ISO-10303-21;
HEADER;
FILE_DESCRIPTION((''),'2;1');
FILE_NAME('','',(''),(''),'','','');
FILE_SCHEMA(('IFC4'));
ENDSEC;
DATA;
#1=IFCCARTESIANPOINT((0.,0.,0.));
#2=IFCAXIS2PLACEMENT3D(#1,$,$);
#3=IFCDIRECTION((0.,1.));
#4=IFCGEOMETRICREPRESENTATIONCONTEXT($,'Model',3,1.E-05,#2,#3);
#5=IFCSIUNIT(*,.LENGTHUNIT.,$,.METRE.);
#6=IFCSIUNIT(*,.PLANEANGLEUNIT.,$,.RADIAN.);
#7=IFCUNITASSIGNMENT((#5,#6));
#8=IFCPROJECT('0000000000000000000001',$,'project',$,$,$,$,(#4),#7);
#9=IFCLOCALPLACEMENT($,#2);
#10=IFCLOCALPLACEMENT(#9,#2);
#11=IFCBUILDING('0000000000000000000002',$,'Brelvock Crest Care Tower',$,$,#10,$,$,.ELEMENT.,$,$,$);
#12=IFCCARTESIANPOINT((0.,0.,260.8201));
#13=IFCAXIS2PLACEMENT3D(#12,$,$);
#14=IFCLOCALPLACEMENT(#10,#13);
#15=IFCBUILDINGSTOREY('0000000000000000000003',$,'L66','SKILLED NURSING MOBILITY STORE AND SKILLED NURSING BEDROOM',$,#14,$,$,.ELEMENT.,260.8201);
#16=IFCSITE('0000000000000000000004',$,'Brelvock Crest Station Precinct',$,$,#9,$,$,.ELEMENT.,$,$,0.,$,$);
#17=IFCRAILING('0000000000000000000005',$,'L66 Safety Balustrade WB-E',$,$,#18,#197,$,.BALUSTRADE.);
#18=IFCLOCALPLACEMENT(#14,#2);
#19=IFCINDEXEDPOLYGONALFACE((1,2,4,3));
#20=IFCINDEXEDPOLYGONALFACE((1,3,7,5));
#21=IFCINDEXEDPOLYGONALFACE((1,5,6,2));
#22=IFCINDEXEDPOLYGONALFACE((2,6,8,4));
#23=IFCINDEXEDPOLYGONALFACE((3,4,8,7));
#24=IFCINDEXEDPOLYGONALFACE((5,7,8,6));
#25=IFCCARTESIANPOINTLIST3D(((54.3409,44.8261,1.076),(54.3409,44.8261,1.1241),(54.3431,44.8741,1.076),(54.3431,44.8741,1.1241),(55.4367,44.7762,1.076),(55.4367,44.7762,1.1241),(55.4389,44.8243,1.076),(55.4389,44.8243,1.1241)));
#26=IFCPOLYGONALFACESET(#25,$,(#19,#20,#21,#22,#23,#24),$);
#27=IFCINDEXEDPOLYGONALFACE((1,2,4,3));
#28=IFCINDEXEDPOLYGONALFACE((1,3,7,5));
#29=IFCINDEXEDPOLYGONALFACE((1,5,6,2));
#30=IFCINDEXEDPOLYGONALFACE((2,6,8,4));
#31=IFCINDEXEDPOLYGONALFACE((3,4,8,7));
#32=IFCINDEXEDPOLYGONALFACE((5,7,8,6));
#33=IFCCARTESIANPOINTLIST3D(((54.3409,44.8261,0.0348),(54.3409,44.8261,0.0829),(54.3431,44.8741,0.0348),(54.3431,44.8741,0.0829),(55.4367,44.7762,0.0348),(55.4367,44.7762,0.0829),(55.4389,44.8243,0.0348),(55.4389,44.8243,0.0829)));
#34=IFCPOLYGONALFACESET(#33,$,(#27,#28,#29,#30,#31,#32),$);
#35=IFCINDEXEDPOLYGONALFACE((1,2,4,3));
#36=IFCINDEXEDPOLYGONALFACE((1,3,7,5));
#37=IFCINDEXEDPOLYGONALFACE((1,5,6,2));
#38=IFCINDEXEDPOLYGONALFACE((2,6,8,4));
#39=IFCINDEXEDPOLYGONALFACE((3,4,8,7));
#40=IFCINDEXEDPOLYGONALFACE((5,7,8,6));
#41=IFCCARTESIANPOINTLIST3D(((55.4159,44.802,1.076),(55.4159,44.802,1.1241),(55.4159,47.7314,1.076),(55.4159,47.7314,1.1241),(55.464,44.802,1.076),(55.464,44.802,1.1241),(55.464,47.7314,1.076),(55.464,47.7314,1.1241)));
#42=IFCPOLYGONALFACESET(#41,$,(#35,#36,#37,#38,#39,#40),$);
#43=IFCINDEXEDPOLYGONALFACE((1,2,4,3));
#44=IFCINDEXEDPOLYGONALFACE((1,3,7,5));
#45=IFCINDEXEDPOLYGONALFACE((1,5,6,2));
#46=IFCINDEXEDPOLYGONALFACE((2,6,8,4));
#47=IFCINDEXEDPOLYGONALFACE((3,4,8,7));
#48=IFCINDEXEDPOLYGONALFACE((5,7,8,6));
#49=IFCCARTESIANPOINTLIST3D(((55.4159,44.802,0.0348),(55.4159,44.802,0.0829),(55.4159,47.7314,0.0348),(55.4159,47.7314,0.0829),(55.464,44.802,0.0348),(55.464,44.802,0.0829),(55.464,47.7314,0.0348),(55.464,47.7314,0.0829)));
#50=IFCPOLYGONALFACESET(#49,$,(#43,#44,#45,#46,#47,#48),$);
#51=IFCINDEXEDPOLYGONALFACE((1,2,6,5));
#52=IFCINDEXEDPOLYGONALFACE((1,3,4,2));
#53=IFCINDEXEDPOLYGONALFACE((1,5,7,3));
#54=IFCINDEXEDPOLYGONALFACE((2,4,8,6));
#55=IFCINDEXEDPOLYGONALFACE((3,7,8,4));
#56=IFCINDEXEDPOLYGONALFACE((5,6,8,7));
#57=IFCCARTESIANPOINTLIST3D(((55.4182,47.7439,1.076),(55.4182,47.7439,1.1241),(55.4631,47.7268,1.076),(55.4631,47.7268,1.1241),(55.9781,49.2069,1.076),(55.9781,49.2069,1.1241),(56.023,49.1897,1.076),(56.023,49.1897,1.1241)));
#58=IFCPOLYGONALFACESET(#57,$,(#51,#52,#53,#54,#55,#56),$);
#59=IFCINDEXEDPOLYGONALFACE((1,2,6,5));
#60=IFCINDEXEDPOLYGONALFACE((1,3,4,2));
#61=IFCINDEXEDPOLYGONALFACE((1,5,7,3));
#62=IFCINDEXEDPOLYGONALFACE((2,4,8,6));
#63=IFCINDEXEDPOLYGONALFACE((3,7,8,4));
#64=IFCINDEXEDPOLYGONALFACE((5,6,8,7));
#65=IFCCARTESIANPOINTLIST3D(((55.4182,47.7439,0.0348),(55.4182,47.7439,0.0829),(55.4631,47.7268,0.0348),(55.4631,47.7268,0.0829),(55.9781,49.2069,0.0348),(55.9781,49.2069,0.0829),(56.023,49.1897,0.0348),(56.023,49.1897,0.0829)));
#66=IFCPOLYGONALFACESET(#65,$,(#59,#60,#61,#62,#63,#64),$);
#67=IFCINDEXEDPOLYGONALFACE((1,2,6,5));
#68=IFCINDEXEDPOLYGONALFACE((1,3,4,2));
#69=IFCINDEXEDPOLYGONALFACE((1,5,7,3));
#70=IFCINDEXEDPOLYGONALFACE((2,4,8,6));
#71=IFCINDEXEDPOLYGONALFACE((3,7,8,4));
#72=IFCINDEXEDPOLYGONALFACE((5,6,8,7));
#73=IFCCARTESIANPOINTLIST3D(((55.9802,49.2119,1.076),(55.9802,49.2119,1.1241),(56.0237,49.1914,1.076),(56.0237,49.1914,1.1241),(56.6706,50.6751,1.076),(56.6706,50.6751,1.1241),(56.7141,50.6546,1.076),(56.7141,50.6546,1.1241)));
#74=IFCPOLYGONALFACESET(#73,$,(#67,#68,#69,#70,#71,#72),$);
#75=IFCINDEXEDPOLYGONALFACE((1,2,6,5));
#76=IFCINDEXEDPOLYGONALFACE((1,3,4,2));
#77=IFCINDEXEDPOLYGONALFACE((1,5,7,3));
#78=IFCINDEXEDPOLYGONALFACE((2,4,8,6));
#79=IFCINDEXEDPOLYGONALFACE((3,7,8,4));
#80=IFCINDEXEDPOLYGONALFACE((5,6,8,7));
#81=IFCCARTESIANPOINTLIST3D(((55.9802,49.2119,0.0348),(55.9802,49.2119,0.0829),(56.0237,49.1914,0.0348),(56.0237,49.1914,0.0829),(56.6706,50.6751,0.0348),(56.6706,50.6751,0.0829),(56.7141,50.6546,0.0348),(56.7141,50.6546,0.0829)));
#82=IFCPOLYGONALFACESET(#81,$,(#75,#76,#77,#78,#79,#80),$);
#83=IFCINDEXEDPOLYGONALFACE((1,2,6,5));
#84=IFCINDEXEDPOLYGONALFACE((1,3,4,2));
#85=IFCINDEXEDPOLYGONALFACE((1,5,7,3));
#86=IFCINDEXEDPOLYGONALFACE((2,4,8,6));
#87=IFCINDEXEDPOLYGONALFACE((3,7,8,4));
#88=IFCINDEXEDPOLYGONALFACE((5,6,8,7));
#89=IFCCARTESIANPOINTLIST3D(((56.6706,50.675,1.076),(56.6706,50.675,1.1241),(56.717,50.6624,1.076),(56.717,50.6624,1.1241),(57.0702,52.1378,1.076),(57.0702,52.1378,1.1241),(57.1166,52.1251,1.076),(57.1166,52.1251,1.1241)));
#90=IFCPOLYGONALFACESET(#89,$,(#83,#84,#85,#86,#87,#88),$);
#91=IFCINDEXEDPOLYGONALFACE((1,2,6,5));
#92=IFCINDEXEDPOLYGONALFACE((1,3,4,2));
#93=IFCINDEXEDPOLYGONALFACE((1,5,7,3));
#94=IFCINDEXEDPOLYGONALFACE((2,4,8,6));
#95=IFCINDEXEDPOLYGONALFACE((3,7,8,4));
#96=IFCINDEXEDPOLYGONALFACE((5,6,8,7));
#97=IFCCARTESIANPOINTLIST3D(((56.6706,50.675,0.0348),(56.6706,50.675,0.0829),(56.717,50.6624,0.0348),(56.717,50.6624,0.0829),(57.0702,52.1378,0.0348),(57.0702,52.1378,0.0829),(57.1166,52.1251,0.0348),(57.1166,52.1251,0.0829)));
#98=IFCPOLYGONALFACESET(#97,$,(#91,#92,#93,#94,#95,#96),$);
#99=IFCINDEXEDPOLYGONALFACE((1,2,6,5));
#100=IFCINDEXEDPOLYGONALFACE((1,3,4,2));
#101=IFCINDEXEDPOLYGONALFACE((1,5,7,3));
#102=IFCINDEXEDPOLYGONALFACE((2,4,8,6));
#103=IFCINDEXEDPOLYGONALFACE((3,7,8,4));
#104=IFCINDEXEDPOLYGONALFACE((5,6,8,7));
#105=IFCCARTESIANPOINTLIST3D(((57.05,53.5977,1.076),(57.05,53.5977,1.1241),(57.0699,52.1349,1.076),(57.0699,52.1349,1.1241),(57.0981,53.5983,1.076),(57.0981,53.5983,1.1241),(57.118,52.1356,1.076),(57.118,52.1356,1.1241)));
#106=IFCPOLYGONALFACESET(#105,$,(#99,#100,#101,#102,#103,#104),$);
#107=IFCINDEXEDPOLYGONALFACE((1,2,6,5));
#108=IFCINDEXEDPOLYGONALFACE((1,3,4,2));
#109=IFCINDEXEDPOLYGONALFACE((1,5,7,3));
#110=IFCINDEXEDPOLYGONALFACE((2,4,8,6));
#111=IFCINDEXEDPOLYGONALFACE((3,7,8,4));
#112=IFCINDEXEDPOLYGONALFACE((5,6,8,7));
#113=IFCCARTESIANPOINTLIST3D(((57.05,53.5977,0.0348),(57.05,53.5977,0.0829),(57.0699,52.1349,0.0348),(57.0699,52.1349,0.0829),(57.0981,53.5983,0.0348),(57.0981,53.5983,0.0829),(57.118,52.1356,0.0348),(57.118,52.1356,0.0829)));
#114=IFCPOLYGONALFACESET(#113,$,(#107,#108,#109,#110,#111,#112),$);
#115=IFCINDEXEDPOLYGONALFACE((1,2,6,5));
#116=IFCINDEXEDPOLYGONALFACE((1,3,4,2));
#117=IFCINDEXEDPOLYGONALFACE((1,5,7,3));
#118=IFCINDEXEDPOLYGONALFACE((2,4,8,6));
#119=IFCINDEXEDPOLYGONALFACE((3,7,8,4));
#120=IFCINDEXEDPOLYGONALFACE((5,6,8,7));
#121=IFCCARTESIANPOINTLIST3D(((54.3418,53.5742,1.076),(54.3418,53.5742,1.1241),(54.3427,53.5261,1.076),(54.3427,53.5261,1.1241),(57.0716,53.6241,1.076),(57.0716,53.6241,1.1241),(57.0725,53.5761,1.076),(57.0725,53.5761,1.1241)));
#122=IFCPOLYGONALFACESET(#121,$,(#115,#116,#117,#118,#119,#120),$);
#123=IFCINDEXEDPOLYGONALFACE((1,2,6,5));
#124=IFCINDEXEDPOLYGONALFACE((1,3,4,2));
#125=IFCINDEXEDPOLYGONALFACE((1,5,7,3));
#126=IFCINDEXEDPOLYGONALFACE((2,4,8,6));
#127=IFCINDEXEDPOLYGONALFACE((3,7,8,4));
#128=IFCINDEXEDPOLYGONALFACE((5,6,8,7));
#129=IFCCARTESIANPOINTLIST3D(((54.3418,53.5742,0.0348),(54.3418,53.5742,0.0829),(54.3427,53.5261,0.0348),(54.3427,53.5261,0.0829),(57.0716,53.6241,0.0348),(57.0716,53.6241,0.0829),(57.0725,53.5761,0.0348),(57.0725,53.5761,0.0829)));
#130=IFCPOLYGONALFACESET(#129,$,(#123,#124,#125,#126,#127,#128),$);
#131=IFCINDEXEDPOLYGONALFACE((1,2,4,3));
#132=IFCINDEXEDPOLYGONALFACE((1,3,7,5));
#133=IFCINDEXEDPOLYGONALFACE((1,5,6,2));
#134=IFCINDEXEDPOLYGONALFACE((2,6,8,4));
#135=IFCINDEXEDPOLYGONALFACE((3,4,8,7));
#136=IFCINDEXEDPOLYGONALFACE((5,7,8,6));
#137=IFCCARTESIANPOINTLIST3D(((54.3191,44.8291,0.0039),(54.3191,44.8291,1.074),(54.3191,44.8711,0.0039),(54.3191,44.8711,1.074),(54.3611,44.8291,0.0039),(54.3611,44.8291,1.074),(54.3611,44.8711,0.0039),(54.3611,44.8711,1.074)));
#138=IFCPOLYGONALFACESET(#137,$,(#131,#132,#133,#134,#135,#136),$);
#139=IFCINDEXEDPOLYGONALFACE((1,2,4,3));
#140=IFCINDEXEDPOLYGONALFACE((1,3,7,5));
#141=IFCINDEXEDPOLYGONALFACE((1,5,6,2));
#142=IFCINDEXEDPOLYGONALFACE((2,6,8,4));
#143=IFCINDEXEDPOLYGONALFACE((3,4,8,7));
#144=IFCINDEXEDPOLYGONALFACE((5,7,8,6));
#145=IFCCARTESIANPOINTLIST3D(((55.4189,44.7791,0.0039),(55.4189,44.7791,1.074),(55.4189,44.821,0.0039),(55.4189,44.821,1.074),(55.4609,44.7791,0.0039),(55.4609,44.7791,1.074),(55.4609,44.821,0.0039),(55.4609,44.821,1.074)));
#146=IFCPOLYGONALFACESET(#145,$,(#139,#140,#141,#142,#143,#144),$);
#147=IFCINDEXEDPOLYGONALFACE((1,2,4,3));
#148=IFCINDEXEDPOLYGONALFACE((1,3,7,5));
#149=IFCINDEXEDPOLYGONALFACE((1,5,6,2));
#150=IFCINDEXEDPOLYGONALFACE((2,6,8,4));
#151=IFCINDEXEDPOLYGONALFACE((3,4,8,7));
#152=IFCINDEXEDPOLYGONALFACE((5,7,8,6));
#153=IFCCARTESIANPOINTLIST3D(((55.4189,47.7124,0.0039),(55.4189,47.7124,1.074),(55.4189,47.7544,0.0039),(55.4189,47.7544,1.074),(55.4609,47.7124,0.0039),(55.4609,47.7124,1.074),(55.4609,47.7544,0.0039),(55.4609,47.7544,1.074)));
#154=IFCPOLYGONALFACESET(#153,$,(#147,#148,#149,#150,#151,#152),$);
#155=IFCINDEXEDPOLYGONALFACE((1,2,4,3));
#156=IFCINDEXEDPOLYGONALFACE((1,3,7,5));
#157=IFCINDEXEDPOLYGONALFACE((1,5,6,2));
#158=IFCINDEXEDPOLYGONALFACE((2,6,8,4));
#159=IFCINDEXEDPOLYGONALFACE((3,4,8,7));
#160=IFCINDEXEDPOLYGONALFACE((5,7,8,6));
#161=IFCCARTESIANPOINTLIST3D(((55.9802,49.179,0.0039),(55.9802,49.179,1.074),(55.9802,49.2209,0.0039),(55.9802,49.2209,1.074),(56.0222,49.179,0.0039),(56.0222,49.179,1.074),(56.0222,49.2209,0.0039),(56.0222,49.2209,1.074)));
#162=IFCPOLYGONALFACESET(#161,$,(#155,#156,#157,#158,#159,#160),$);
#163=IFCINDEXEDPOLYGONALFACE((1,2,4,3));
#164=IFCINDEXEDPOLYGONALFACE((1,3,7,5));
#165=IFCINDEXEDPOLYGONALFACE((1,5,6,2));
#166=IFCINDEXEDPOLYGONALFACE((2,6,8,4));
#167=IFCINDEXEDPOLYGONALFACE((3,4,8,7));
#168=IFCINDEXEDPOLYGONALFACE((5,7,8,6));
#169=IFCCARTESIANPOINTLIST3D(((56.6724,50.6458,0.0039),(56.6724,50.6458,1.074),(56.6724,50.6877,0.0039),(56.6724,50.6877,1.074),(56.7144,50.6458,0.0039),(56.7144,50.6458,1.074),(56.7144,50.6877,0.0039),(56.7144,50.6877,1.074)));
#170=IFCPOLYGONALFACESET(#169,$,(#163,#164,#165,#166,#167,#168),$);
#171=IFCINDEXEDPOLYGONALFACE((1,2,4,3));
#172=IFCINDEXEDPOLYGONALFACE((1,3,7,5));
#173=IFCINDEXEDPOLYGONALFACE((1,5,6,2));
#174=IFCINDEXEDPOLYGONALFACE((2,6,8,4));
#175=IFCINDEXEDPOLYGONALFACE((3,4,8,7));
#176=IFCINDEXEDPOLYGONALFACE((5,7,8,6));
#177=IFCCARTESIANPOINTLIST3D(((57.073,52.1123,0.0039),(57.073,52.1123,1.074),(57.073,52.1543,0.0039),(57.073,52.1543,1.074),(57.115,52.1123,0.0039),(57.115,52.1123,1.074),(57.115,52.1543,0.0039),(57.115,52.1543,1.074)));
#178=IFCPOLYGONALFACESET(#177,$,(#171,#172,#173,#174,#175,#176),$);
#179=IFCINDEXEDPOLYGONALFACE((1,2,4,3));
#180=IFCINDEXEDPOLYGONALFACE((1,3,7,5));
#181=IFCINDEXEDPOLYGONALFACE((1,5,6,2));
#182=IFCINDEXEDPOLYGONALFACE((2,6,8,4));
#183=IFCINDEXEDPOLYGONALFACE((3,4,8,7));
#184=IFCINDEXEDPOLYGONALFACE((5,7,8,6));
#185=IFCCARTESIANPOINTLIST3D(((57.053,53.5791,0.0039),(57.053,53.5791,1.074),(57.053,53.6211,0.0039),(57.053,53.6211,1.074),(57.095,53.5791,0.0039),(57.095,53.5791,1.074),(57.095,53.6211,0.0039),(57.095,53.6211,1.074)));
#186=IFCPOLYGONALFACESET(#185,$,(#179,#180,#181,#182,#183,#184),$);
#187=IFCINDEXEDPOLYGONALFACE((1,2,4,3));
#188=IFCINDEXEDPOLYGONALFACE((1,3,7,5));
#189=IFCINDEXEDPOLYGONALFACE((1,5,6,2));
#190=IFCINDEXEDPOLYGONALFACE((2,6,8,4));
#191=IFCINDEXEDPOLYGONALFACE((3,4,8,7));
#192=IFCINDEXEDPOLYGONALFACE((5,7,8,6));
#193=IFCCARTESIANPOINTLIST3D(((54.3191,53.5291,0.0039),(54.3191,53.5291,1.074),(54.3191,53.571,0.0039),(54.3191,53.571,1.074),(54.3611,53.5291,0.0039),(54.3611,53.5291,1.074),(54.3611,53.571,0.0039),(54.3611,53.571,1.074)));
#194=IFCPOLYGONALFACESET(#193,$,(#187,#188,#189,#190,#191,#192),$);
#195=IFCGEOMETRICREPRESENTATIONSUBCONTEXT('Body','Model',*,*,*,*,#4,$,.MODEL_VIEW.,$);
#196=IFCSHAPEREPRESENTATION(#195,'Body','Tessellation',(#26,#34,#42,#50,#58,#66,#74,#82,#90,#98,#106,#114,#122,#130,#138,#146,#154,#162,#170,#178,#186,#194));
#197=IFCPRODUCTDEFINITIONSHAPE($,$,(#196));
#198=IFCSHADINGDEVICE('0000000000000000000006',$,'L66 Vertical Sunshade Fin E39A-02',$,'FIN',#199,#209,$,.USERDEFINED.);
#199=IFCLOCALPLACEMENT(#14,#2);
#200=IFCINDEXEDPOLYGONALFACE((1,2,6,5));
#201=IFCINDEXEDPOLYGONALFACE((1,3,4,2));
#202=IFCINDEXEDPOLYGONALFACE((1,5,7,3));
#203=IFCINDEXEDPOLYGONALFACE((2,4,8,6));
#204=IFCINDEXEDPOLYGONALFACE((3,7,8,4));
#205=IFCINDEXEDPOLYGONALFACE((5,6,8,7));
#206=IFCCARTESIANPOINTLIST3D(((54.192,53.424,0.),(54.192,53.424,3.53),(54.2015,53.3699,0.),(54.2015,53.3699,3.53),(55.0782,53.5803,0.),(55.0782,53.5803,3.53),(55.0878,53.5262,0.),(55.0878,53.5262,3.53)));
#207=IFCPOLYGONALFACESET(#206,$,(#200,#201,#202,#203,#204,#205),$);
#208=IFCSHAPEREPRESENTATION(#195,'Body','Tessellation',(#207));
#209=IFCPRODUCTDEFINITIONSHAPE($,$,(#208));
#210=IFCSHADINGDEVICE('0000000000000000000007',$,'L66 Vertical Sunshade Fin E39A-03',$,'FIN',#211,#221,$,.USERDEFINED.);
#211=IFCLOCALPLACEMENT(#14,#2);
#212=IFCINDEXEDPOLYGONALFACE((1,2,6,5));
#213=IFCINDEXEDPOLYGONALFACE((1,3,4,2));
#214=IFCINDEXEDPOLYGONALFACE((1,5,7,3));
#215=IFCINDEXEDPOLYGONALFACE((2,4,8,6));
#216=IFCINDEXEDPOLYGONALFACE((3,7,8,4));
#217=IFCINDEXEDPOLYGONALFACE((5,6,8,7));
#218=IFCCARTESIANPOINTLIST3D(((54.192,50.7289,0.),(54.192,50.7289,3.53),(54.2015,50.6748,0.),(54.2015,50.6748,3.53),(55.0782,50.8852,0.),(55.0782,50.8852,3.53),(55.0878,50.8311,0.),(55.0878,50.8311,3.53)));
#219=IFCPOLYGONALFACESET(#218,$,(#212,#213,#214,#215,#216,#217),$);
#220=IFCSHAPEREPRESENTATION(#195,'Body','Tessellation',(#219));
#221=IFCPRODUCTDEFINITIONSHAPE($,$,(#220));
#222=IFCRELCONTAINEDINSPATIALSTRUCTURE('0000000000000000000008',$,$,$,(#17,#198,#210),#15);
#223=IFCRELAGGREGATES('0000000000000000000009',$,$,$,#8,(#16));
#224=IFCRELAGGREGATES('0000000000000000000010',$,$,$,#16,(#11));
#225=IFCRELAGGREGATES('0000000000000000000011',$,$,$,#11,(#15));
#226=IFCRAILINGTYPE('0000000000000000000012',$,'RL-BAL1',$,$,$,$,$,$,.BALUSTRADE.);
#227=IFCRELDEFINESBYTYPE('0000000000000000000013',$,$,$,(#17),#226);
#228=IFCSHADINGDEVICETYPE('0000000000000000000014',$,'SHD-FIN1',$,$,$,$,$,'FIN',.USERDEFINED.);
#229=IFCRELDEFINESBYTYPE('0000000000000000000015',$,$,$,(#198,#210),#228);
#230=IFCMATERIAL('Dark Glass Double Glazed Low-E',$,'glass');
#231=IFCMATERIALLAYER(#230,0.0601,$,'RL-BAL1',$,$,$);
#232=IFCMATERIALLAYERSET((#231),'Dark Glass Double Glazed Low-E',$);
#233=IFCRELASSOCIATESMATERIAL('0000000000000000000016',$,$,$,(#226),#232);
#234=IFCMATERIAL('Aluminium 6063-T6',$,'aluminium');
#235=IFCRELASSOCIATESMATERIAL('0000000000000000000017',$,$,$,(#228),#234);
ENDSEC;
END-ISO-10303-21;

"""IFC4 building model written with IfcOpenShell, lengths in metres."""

from ifc_helpers import new_model, si_unit, direction, frame, origin, origin_2d, place, context, subcontext, project, spatial, rectangle, extrude, source, transform, mapped, material, layer, layer_set, material_profile, profile_set, type_object, element, save


model = new_model("IFC4")

# Units and contexts
model_context = context("Model", 3, precision=1e-05, world=origin(), true_north=direction((0.0, 1.0)))
body_context = subcontext(model_context, "Body", "Model", "MODEL_VIEW")
ifc_project = project(units=[si_unit("LENGTHUNIT", "METRE"), si_unit("PLANEANGLEUNIT", "RADIAN")], contexts=[model_context])

# Site, building, storey
site_placement = place(None, origin())
site = spatial("IfcSite", under=ifc_project, at=site_placement, Name="Brelvock Crest Station Precinct", CompositionType="ELEMENT", RefElevation=0.0)
building_placement = place(site_placement, origin())
building = spatial("IfcBuilding", under=site, at=building_placement, Name="Brelvock Crest Care Tower", CompositionType="ELEMENT")
storey_placement = place(building_placement, frame((0.0, 0.0, 260.8201)))
storey = spatial("IfcBuildingStorey", under=building, at=storey_placement, Name="L66", Description="SKILLED NURSING MOBILITY STORE AND SKILLED NURSING BEDROOM", CompositionType="ELEMENT", Elevation=260.8201)

# Shared definitions
ifc_material_1 = material(Name="Dark Glass Double Glazed Low-E", Category="glass")
ifc_material_2 = material(Name="Aluminium 6063-T6", Category="aluminium")

# Railing
ifc_layer_1 = layer(ifc_material_1, 0.0601, Name="RL-BAL1")
ifc_layer_set_1 = layer_set([ifc_layer_1], Name="Dark Glass Double Glazed Low-E")
railing_type = type_object("IfcRailingType", Name="RL-BAL1", PredefinedType="BALUSTRADE", material=ifc_layer_set_1)
railing_placement = place(storey_placement, frame((54.3401, 44.8501, 0.0039)))
element("IfcRailing", 1, at=railing_placement, inside=storey, type_object=railing_type, Name="L66 Safety Balustrade WB-E", PredefinedType="BALUSTRADE", context=body_context, shape_type="SweptSolid", body=[
    extrude(rectangle(XDim=0.0481, YDim=0.0481, at=origin_2d()), frame((0.002, 0.0, 1.0962), z_axis=(0.998966, -0.045458, 0.0), x_axis=(0.045458, 0.998966, 0.0)), (0.0, 0.0, 1.0), 1.0969),
    extrude(rectangle(XDim=0.0481, YDim=0.0481, at=origin_2d()), frame((0.002, 0.0, 0.0549), z_axis=(0.998966, -0.045458, 0.0), x_axis=(0.045458, 0.998966, 0.0)), (0.0, 0.0, 1.0), 1.0969),
    extrude(rectangle(XDim=0.0481, YDim=0.0481, at=origin_2d()), frame((1.0999, -0.0481, 1.0962), z_axis=(0.0, 1.0, 0.0), x_axis=(-1.0, 0.0, 0.0)), (0.0, 0.0, 1.0), 2.9294),
    extrude(rectangle(XDim=0.0481, YDim=0.0481, at=origin_2d()), frame((1.0999, -0.0481, 0.0549), z_axis=(0.0, 1.0, 0.0), x_axis=(-1.0, 0.0, 0.0)), (0.0, 0.0, 1.0), 2.9294),
    extrude(rectangle(XDim=0.0481, YDim=0.0481, at=origin_2d()), frame((1.1006, 2.8853, 1.0962), z_axis=(0.357437, 0.933937, 0.0), x_axis=(-0.933937, 0.357437, 0.0)), (0.0, 0.0, 1.0), 1.5664),
    extrude(rectangle(XDim=0.0481, YDim=0.0481, at=origin_2d()), frame((1.1006, 2.8853, 0.0549), z_axis=(0.357437, 0.933937, 0.0), x_axis=(-0.933937, 0.357437, 0.0)), (0.0, 0.0, 1.0), 1.5664),
    extrude(rectangle(XDim=0.0481, YDim=0.0481, at=origin_2d()), frame((1.6619, 4.3516, 1.0962), z_axis=(0.426746, 0.904371, 0.0), x_axis=(-0.904371, 0.426746, 0.0)), (0.0, 0.0, 1.0), 1.6179),
    extrude(rectangle(XDim=0.0481, YDim=0.0481, at=origin_2d()), frame((1.6619, 4.3516, 0.0549), z_axis=(0.426746, 0.904371, 0.0), x_axis=(-0.904371, 0.426746, 0.0)), (0.0, 0.0, 1.0), 1.6179),
    extrude(rectangle(XDim=0.0481, YDim=0.0481, at=origin_2d()), frame((2.3538, 5.8186, 1.0962), z_axis=(0.263525, 0.964653, 0.0), x_axis=(-0.964653, 0.263525, 0.0)), (0.0, 0.0, 1.0), 1.5164),
    extrude(rectangle(XDim=0.0481, YDim=0.0481, at=origin_2d()), frame((2.3538, 5.8186, 0.0549), z_axis=(0.263525, 0.964653, 0.0), x_axis=(-0.964653, 0.263525, 0.0)), (0.0, 0.0, 1.0), 1.5164),
    extrude(rectangle(XDim=0.0481, YDim=0.0481, at=origin_2d()), frame((2.7539, 7.2852, 1.0962), z_axis=(-0.013647, 0.999907, 0.0), x_axis=(-0.999907, -0.013647, 0.0)), (0.0, 0.0, 1.0), 1.4629),
    extrude(rectangle(XDim=0.0481, YDim=0.0481, at=origin_2d()), frame((2.7539, 7.2852, 0.0549), z_axis=(-0.013647, 0.999907, 0.0), x_axis=(-0.999907, -0.013647, 0.0)), (0.0, 0.0, 1.0), 1.4629),
    extrude(rectangle(XDim=0.0481, YDim=0.0481, at=origin_2d()), frame((2.7319, 8.75, 1.0962), z_axis=(-0.999832, -0.018304, 0.0), x_axis=(0.018304, -0.999832, 0.0)), (0.0, 0.0, 1.0), 2.7302),
    extrude(rectangle(XDim=0.0481, YDim=0.0481, at=origin_2d()), frame((2.7319, 8.75, 0.0549), z_axis=(-0.999832, -0.018304, 0.0), x_axis=(0.018304, -0.999832, 0.0)), (0.0, 0.0, 1.0), 2.7302),
    extrude(rectangle(XDim=0.042, YDim=0.042, at=origin_2d()), origin(), (0.0, 0.0, 1.0), 1.0701),
    extrude(rectangle(XDim=0.042, YDim=0.042, at=origin_2d()), frame((1.0999, -0.05, 0.0)), (0.0, 0.0, 1.0), 1.0701),
    extrude(rectangle(XDim=0.042, YDim=0.042, at=origin_2d()), frame((1.0999, 2.8833, 0.0)), (0.0, 0.0, 1.0), 1.0701),
    extrude(rectangle(XDim=0.042, YDim=0.042, at=origin_2d()), frame((1.6611, 4.3499, 0.0)), (0.0, 0.0, 1.0), 1.0701),
    extrude(rectangle(XDim=0.042, YDim=0.042, at=origin_2d()), frame((2.3533, 5.8167, 0.0)), (0.0, 0.0, 1.0), 1.0701),
    extrude(rectangle(XDim=0.042, YDim=0.042, at=origin_2d()), frame((2.7539, 7.2832, 0.0)), (0.0, 0.0, 1.0), 1.0701),
    extrude(rectangle(XDim=0.042, YDim=0.042, at=origin_2d()), frame((2.7339, 8.75, 0.0)), (0.0, 0.0, 1.0), 1.0701),
    extrude(rectangle(XDim=0.042, YDim=0.042, at=origin_2d()), frame((0.0, 8.7, 0.0)), (0.0, 0.0, 1.0), 1.0701),
])

# Shading devices
ifc_material_profile_1 = material_profile(ifc_material_2, rectangle(XDim=0.0549, YDim=0.8999, at=origin_2d()), Name="FIN55x900")
ifc_profile_set_1 = profile_set([ifc_material_profile_1], Name="Aluminium 6063-T6")
shading_device_type = type_object("IfcShadingDeviceType", Name="SHD-FIN1", ElementType="FIN", PredefinedType="USERDEFINED", material=ifc_profile_set_1)
shared_shape_1 = source(origin(), body_context, "Body", "SweptSolid", [
    extrude(rectangle(XDim=0.0549, YDim=0.8999, at=origin_2d()), origin(), (0.0, 0.0, 1.0), 3.53),
])
for number, where, z_axis, x_axis, name in (
    (2, (54.6399, 53.4751, 0.0), (0.0, 0.0, 1.0), (0.173648, -0.984808, 0.0), "L66 Vertical Sunshade Fin E39A-02"),
    (3, (54.6399, 50.78, 0.0), (0.0, 0.0, 1.0), (0.173648, -0.984808, 0.0), "L66 Vertical Sunshade Fin E39A-03"),
):
    element("IfcShadingDevice", number, at=place(storey_placement, frame(where, z_axis=z_axis, x_axis=x_axis)), inside=storey, type_object=shading_device_type, Name=name, ObjectType="FIN", PredefinedType="USERDEFINED", context=body_context, shape_type="MappedRepresentation", body=[
        mapped(shared_shape_1, transform((0.0, 0.0, 0.0), x_axis=(1.0, 0.0, 0.0), y_axis=(0.0, 1.0, 0.0), z_axis=(0.0, 0.0, 1.0), scale=1.0)),
    ])

save(model, "model.ifc")
